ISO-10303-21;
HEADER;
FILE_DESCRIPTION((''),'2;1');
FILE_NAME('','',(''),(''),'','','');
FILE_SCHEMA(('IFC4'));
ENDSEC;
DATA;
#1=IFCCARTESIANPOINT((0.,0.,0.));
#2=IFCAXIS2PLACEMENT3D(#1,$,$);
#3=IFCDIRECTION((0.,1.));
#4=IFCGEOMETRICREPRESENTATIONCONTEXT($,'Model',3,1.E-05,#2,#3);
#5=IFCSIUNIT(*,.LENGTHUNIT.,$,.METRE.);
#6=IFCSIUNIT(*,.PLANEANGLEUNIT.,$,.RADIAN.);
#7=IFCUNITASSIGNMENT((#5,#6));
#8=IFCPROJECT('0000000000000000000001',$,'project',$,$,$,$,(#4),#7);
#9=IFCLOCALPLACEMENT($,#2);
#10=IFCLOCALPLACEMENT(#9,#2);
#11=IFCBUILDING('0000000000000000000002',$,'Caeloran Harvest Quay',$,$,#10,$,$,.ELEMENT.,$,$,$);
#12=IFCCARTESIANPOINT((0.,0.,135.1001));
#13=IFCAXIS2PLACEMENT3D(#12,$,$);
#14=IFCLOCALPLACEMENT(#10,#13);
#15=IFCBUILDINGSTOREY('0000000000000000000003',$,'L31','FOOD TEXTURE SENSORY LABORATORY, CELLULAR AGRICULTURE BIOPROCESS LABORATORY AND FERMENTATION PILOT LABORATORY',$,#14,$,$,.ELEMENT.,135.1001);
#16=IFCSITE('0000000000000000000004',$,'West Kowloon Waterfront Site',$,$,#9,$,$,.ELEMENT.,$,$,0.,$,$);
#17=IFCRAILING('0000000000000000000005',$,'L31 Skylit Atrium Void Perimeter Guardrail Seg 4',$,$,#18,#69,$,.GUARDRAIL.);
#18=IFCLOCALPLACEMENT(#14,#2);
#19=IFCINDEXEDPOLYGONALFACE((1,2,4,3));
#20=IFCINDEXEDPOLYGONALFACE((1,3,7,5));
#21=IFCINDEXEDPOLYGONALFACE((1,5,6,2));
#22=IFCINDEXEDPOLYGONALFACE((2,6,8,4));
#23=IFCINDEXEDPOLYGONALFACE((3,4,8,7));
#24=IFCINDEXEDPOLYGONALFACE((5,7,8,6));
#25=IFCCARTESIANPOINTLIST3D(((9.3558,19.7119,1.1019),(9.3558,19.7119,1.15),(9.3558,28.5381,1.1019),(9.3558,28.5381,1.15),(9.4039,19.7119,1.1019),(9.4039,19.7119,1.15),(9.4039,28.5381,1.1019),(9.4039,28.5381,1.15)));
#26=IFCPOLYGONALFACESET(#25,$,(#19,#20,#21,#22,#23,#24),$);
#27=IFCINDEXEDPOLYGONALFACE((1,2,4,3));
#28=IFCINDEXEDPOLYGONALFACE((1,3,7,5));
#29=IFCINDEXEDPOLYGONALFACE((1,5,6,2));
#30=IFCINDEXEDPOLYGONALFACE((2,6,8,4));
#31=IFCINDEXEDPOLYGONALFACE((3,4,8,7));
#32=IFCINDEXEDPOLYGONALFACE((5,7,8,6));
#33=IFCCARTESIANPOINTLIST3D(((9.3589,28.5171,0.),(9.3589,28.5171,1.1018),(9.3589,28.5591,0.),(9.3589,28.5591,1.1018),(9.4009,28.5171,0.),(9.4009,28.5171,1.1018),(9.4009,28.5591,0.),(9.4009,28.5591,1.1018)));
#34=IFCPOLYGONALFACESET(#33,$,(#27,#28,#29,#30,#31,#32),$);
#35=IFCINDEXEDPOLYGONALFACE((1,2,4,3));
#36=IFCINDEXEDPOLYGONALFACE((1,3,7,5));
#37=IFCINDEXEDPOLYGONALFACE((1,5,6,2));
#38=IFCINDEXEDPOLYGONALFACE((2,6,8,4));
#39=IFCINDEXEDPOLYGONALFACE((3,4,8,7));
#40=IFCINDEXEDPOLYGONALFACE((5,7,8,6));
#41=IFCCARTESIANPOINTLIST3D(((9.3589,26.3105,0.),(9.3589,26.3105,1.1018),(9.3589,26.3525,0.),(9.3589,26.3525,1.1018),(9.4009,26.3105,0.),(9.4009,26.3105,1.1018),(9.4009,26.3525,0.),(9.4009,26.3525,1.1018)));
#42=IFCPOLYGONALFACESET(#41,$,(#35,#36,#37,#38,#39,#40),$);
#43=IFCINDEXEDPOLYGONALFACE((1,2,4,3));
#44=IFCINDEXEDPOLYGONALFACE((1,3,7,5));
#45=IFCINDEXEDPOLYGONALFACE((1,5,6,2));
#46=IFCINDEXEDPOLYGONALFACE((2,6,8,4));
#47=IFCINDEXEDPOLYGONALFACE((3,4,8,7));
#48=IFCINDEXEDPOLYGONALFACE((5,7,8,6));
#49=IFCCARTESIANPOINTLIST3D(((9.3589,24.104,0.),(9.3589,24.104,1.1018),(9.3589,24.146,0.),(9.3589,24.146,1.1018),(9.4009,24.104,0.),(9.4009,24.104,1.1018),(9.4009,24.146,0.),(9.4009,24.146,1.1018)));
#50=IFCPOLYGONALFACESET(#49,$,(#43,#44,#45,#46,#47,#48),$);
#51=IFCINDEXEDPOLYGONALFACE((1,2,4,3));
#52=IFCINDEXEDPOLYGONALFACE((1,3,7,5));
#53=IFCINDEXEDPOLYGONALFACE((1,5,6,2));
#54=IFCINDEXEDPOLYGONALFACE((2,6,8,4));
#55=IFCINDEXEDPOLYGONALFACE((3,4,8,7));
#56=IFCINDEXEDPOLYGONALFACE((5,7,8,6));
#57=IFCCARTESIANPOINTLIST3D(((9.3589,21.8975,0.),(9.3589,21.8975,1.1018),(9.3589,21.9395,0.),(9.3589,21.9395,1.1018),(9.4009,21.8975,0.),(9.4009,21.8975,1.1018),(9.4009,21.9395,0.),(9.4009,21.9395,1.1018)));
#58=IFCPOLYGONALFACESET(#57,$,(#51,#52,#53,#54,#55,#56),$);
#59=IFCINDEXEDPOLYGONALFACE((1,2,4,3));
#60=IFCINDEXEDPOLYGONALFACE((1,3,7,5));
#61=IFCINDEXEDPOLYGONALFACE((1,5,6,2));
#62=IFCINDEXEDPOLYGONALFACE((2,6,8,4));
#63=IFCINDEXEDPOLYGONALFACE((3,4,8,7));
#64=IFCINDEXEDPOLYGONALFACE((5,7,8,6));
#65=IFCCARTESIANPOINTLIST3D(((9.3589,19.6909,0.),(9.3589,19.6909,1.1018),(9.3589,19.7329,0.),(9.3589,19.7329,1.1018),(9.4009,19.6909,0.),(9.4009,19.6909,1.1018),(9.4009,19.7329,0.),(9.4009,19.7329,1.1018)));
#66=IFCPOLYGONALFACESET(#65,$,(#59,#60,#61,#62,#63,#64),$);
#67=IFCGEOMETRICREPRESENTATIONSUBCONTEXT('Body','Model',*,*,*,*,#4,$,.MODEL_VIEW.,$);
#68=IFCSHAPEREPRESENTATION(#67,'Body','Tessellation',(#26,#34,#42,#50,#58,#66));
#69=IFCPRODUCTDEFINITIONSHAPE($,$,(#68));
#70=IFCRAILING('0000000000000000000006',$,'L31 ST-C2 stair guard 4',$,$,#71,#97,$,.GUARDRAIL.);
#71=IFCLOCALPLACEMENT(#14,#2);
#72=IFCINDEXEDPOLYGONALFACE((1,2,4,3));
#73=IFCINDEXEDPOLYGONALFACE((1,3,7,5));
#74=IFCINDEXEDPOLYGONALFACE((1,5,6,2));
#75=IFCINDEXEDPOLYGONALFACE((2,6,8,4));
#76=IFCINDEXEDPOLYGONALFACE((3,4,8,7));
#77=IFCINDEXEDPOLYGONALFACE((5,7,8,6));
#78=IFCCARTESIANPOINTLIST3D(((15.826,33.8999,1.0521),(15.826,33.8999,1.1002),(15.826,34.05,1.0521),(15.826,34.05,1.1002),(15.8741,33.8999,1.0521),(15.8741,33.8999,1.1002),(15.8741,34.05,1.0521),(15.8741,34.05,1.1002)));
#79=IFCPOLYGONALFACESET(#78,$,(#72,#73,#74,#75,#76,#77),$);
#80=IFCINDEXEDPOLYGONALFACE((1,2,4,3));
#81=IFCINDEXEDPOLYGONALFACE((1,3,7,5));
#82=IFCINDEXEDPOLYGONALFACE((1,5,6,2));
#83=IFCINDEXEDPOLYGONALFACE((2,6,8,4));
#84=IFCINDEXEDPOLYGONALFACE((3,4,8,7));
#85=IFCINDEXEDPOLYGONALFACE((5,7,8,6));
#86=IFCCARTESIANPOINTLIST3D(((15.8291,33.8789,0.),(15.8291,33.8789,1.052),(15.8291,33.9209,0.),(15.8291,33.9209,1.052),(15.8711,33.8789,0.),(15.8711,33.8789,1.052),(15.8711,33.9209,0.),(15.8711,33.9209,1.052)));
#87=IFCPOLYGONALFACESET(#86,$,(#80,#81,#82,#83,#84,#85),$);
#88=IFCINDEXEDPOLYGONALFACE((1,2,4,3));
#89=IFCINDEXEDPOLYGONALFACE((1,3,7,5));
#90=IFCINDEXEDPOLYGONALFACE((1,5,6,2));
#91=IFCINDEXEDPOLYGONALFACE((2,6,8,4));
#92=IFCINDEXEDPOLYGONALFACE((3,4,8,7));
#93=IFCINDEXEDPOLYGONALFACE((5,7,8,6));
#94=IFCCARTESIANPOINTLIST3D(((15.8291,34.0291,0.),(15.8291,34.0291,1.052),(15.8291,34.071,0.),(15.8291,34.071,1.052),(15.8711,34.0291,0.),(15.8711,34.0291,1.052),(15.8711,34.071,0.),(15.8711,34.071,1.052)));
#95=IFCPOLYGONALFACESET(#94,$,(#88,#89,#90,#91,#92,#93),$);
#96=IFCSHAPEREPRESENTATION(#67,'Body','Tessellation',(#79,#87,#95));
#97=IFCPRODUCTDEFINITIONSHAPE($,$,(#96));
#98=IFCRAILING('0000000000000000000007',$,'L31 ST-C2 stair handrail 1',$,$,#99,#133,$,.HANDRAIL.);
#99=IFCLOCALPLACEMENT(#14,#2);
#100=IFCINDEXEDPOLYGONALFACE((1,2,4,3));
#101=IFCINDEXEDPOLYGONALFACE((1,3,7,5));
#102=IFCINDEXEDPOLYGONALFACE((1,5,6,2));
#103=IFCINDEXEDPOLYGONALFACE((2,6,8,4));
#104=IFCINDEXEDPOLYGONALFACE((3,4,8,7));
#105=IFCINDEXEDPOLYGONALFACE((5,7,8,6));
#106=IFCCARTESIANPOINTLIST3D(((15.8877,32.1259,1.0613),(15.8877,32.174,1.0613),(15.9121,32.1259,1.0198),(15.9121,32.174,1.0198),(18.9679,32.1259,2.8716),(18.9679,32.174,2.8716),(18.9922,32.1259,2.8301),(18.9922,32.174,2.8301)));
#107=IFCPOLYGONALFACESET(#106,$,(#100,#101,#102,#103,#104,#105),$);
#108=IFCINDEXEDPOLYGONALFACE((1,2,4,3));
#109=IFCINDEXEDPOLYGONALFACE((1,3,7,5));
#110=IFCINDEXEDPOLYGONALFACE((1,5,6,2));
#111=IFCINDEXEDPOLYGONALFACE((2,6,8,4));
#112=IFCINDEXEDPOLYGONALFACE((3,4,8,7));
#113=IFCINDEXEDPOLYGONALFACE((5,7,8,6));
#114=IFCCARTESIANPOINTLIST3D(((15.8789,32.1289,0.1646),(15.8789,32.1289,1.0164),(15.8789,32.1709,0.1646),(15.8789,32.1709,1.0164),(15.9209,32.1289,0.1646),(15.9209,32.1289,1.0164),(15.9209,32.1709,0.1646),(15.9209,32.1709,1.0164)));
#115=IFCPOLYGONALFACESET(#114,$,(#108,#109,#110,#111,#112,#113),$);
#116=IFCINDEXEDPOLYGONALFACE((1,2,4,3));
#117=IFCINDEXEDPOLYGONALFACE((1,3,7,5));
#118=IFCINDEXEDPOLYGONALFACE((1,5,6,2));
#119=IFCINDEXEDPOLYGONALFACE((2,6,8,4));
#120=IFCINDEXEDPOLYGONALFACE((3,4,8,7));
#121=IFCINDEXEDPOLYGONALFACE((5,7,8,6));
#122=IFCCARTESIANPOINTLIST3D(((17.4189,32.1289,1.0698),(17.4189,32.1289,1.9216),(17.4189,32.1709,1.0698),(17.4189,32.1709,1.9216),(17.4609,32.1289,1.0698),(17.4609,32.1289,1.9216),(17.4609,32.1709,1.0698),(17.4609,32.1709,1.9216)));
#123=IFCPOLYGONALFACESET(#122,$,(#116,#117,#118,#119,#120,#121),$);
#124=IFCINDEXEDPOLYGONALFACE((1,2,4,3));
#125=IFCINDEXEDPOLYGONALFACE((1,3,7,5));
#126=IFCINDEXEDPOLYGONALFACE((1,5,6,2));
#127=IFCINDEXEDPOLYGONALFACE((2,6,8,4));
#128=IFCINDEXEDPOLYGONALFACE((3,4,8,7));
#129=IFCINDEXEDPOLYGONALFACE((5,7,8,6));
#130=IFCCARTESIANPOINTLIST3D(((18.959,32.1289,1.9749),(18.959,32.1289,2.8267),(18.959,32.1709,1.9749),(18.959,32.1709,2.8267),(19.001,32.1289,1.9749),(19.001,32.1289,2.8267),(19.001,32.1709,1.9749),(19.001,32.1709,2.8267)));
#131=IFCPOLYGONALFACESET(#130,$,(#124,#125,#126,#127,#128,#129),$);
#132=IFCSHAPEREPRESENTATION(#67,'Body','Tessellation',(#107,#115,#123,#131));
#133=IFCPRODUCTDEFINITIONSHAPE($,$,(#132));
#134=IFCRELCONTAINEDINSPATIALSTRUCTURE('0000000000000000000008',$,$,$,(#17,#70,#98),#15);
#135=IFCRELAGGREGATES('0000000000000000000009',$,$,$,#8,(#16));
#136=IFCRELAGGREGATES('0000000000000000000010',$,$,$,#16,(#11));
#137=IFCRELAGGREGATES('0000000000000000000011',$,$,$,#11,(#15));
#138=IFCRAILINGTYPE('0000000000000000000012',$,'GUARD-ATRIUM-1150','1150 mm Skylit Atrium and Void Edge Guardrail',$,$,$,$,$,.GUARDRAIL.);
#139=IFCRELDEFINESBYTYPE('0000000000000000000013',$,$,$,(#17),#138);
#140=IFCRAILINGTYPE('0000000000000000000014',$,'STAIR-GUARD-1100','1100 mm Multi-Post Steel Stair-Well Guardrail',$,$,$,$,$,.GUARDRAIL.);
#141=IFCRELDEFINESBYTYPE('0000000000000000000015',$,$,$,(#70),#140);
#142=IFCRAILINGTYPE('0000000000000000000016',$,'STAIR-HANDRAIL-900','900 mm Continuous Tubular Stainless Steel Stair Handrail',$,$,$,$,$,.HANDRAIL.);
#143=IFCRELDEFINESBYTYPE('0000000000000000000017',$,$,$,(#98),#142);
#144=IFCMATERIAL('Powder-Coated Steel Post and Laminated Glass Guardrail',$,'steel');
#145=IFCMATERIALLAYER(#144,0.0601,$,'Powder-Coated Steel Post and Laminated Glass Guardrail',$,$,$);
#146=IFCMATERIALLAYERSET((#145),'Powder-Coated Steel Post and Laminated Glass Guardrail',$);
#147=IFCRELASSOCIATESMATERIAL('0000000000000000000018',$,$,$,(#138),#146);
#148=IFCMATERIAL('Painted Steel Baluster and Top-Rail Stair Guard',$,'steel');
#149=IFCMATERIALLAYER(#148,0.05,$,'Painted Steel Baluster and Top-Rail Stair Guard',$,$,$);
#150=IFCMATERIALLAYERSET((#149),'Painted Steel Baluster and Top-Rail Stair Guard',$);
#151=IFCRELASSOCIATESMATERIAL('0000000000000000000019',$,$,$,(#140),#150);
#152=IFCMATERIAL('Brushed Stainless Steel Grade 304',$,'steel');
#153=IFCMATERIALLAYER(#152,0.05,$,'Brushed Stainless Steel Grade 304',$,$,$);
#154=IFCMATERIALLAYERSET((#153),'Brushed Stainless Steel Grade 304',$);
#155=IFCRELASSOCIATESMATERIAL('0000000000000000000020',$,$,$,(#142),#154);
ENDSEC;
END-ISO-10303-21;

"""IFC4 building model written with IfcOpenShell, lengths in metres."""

from ifc_helpers import new_model, si_unit, direction, frame, origin, origin_2d, place, context, subcontext, project, spatial, rectangle, extrude, material, layer, layer_set, type_object, element, save


model = new_model("IFC4")

# Units and contexts
model_context = context("Model", 3, precision=1e-05, world=origin(), true_north=direction((0.0, 1.0)))
body_context = subcontext(model_context, "Body", "Model", "MODEL_VIEW")
ifc_project = project(units=[si_unit("LENGTHUNIT", "METRE"), si_unit("PLANEANGLEUNIT", "RADIAN")], contexts=[model_context])

# Site, building, storey
site_placement = place(None, origin())
site = spatial("IfcSite", under=ifc_project, at=site_placement, Name="West Kowloon Waterfront Site", CompositionType="ELEMENT", RefElevation=0.0)
building_placement = place(site_placement, origin())
building = spatial("IfcBuilding", under=site, at=building_placement, Name="Caeloran Harvest Quay", CompositionType="ELEMENT")
storey_placement = place(building_placement, frame((0.0, 0.0, 135.1001)))
storey = spatial("IfcBuildingStorey", under=building, at=storey_placement, Name="L31", Description="FOOD TEXTURE SENSORY LABORATORY, CELLULAR AGRICULTURE BIOPROCESS LABORATORY AND FERMENTATION PILOT LABORATORY", CompositionType="ELEMENT", Elevation=135.1001)

# Railings
ifc_material_1 = material(Name="Powder-Coated Steel Post and Laminated Glass Guardrail", Category="steel")
ifc_layer_1 = layer(ifc_material_1, 0.0601, Name="Powder-Coated Steel Post and Laminated Glass Guardrail")
ifc_layer_set_1 = layer_set([ifc_layer_1], Name="Powder-Coated Steel Post and Laminated Glass Guardrail")
railing_type_1 = type_object("IfcRailingType", Name="GUARD-ATRIUM-1150", Description="1150 mm Skylit Atrium and Void Edge Guardrail", PredefinedType="GUARDRAIL", material=ifc_layer_set_1)
railing_1_placement = place(storey_placement, frame((9.3799, 28.5381, 0.0)))
element("IfcRailing", 1, at=railing_1_placement, inside=storey, type_object=railing_type_1, Name="L31 Skylit Atrium Void Perimeter Guardrail Seg 4", PredefinedType="GUARDRAIL", context=body_context, shape_type="SweptSolid", body=[
    extrude(rectangle(XDim=0.0481, YDim=0.0481, at=origin_2d()), frame((0.0, 0.0, 1.126), z_axis=(0.0, -1.0, 0.0), x_axis=(1.0, 0.0, 0.0)), (0.0, 0.0, 1.0), 8.8262),
    extrude(rectangle(XDim=0.042, YDim=0.042, at=origin_2d()), origin(), (0.0, 0.0, 1.0), 1.1018),
    extrude(rectangle(XDim=0.042, YDim=0.042, at=origin_2d()), frame((0.0, -2.2065, 0.0)), (0.0, 0.0, 1.0), 1.1018),
    extrude(rectangle(XDim=0.042, YDim=0.042, at=origin_2d()), frame((0.0, -4.4131, 0.0)), (0.0, 0.0, 1.0), 1.1018),
    extrude(rectangle(XDim=0.042, YDim=0.042, at=origin_2d()), frame((0.0, -6.6196, 0.0)), (0.0, 0.0, 1.0), 1.1018),
    extrude(rectangle(XDim=0.042, YDim=0.042, at=origin_2d()), frame((0.0, -8.8262, 0.0)), (0.0, 0.0, 1.0), 1.1018),
])
ifc_material_2 = material(Name="Painted Steel Baluster and Top-Rail Stair Guard", Category="steel")
ifc_layer_2 = layer(ifc_material_2, 0.05, Name="Painted Steel Baluster and Top-Rail Stair Guard")
ifc_layer_set_2 = layer_set([ifc_layer_2], Name="Painted Steel Baluster and Top-Rail Stair Guard")
railing_type_2 = type_object("IfcRailingType", Name="STAIR-GUARD-1100", Description="1100 mm Multi-Post Steel Stair-Well Guardrail", PredefinedType="GUARDRAIL", material=ifc_layer_set_2)
railing_2_placement = place(storey_placement, frame((15.8501, 33.8999, 0.0)))
element("IfcRailing", 2, at=railing_2_placement, inside=storey, type_object=railing_type_2, Name="L31 ST-C2 stair guard 4", PredefinedType="GUARDRAIL", context=body_context, shape_type="SweptSolid", body=[
    extrude(rectangle(XDim=0.0481, YDim=0.0481, at=origin_2d()), frame((0.0, 0.0, 1.0762), z_axis=(0.0, 1.0, 0.0), x_axis=(-1.0, 0.0, 0.0)), (0.0, 0.0, 1.0), 0.1501),
    extrude(rectangle(XDim=0.042, YDim=0.042, at=origin_2d()), origin(), (0.0, 0.0, 1.0), 1.052),
    extrude(rectangle(XDim=0.042, YDim=0.042, at=origin_2d()), frame((0.0, 0.1501, 0.0)), (0.0, 0.0, 1.0), 1.052),
])
ifc_material_3 = material(Name="Brushed Stainless Steel Grade 304", Category="steel")
ifc_layer_3 = layer(ifc_material_3, 0.05, Name="Brushed Stainless Steel Grade 304")
ifc_layer_set_3 = layer_set([ifc_layer_3], Name="Brushed Stainless Steel Grade 304")
railing_type_3 = type_object("IfcRailingType", Name="STAIR-HANDRAIL-900", Description="900 mm Continuous Tubular Stainless Steel Stair Handrail", PredefinedType="HANDRAIL", material=ifc_layer_set_3)
railing_3_placement = place(storey_placement, frame((15.8999, 32.1499, 0.1646)))
element("IfcRailing", 3, at=railing_3_placement, inside=storey, type_object=railing_type_3, Name="L31 ST-C2 stair handrail 1", PredefinedType="HANDRAIL", context=body_context, shape_type="SweptSolid", body=[
    extrude(rectangle(XDim=0.0481, YDim=0.0481, at=origin_2d()), frame((0.0, 0.0, 0.876), z_axis=(0.862119, 0.0, 0.506707), x_axis=(0.0, 1.0, 0.0)), (0.0, 0.0, 1.0), 3.5728),
    extrude(rectangle(XDim=0.042, YDim=0.042, at=origin_2d()), origin(), (0.0, 0.0, 1.0), 0.8518),
    extrude(rectangle(XDim=0.042, YDim=0.042, at=origin_2d()), frame((1.54, 0.0, 0.9053)), (0.0, 0.0, 1.0), 0.8518),
    extrude(rectangle(XDim=0.042, YDim=0.042, at=origin_2d()), frame((3.0801, 0.0, 1.8103)), (0.0, 0.0, 1.0), 0.8518),
])

save(model, "model.ifc")
